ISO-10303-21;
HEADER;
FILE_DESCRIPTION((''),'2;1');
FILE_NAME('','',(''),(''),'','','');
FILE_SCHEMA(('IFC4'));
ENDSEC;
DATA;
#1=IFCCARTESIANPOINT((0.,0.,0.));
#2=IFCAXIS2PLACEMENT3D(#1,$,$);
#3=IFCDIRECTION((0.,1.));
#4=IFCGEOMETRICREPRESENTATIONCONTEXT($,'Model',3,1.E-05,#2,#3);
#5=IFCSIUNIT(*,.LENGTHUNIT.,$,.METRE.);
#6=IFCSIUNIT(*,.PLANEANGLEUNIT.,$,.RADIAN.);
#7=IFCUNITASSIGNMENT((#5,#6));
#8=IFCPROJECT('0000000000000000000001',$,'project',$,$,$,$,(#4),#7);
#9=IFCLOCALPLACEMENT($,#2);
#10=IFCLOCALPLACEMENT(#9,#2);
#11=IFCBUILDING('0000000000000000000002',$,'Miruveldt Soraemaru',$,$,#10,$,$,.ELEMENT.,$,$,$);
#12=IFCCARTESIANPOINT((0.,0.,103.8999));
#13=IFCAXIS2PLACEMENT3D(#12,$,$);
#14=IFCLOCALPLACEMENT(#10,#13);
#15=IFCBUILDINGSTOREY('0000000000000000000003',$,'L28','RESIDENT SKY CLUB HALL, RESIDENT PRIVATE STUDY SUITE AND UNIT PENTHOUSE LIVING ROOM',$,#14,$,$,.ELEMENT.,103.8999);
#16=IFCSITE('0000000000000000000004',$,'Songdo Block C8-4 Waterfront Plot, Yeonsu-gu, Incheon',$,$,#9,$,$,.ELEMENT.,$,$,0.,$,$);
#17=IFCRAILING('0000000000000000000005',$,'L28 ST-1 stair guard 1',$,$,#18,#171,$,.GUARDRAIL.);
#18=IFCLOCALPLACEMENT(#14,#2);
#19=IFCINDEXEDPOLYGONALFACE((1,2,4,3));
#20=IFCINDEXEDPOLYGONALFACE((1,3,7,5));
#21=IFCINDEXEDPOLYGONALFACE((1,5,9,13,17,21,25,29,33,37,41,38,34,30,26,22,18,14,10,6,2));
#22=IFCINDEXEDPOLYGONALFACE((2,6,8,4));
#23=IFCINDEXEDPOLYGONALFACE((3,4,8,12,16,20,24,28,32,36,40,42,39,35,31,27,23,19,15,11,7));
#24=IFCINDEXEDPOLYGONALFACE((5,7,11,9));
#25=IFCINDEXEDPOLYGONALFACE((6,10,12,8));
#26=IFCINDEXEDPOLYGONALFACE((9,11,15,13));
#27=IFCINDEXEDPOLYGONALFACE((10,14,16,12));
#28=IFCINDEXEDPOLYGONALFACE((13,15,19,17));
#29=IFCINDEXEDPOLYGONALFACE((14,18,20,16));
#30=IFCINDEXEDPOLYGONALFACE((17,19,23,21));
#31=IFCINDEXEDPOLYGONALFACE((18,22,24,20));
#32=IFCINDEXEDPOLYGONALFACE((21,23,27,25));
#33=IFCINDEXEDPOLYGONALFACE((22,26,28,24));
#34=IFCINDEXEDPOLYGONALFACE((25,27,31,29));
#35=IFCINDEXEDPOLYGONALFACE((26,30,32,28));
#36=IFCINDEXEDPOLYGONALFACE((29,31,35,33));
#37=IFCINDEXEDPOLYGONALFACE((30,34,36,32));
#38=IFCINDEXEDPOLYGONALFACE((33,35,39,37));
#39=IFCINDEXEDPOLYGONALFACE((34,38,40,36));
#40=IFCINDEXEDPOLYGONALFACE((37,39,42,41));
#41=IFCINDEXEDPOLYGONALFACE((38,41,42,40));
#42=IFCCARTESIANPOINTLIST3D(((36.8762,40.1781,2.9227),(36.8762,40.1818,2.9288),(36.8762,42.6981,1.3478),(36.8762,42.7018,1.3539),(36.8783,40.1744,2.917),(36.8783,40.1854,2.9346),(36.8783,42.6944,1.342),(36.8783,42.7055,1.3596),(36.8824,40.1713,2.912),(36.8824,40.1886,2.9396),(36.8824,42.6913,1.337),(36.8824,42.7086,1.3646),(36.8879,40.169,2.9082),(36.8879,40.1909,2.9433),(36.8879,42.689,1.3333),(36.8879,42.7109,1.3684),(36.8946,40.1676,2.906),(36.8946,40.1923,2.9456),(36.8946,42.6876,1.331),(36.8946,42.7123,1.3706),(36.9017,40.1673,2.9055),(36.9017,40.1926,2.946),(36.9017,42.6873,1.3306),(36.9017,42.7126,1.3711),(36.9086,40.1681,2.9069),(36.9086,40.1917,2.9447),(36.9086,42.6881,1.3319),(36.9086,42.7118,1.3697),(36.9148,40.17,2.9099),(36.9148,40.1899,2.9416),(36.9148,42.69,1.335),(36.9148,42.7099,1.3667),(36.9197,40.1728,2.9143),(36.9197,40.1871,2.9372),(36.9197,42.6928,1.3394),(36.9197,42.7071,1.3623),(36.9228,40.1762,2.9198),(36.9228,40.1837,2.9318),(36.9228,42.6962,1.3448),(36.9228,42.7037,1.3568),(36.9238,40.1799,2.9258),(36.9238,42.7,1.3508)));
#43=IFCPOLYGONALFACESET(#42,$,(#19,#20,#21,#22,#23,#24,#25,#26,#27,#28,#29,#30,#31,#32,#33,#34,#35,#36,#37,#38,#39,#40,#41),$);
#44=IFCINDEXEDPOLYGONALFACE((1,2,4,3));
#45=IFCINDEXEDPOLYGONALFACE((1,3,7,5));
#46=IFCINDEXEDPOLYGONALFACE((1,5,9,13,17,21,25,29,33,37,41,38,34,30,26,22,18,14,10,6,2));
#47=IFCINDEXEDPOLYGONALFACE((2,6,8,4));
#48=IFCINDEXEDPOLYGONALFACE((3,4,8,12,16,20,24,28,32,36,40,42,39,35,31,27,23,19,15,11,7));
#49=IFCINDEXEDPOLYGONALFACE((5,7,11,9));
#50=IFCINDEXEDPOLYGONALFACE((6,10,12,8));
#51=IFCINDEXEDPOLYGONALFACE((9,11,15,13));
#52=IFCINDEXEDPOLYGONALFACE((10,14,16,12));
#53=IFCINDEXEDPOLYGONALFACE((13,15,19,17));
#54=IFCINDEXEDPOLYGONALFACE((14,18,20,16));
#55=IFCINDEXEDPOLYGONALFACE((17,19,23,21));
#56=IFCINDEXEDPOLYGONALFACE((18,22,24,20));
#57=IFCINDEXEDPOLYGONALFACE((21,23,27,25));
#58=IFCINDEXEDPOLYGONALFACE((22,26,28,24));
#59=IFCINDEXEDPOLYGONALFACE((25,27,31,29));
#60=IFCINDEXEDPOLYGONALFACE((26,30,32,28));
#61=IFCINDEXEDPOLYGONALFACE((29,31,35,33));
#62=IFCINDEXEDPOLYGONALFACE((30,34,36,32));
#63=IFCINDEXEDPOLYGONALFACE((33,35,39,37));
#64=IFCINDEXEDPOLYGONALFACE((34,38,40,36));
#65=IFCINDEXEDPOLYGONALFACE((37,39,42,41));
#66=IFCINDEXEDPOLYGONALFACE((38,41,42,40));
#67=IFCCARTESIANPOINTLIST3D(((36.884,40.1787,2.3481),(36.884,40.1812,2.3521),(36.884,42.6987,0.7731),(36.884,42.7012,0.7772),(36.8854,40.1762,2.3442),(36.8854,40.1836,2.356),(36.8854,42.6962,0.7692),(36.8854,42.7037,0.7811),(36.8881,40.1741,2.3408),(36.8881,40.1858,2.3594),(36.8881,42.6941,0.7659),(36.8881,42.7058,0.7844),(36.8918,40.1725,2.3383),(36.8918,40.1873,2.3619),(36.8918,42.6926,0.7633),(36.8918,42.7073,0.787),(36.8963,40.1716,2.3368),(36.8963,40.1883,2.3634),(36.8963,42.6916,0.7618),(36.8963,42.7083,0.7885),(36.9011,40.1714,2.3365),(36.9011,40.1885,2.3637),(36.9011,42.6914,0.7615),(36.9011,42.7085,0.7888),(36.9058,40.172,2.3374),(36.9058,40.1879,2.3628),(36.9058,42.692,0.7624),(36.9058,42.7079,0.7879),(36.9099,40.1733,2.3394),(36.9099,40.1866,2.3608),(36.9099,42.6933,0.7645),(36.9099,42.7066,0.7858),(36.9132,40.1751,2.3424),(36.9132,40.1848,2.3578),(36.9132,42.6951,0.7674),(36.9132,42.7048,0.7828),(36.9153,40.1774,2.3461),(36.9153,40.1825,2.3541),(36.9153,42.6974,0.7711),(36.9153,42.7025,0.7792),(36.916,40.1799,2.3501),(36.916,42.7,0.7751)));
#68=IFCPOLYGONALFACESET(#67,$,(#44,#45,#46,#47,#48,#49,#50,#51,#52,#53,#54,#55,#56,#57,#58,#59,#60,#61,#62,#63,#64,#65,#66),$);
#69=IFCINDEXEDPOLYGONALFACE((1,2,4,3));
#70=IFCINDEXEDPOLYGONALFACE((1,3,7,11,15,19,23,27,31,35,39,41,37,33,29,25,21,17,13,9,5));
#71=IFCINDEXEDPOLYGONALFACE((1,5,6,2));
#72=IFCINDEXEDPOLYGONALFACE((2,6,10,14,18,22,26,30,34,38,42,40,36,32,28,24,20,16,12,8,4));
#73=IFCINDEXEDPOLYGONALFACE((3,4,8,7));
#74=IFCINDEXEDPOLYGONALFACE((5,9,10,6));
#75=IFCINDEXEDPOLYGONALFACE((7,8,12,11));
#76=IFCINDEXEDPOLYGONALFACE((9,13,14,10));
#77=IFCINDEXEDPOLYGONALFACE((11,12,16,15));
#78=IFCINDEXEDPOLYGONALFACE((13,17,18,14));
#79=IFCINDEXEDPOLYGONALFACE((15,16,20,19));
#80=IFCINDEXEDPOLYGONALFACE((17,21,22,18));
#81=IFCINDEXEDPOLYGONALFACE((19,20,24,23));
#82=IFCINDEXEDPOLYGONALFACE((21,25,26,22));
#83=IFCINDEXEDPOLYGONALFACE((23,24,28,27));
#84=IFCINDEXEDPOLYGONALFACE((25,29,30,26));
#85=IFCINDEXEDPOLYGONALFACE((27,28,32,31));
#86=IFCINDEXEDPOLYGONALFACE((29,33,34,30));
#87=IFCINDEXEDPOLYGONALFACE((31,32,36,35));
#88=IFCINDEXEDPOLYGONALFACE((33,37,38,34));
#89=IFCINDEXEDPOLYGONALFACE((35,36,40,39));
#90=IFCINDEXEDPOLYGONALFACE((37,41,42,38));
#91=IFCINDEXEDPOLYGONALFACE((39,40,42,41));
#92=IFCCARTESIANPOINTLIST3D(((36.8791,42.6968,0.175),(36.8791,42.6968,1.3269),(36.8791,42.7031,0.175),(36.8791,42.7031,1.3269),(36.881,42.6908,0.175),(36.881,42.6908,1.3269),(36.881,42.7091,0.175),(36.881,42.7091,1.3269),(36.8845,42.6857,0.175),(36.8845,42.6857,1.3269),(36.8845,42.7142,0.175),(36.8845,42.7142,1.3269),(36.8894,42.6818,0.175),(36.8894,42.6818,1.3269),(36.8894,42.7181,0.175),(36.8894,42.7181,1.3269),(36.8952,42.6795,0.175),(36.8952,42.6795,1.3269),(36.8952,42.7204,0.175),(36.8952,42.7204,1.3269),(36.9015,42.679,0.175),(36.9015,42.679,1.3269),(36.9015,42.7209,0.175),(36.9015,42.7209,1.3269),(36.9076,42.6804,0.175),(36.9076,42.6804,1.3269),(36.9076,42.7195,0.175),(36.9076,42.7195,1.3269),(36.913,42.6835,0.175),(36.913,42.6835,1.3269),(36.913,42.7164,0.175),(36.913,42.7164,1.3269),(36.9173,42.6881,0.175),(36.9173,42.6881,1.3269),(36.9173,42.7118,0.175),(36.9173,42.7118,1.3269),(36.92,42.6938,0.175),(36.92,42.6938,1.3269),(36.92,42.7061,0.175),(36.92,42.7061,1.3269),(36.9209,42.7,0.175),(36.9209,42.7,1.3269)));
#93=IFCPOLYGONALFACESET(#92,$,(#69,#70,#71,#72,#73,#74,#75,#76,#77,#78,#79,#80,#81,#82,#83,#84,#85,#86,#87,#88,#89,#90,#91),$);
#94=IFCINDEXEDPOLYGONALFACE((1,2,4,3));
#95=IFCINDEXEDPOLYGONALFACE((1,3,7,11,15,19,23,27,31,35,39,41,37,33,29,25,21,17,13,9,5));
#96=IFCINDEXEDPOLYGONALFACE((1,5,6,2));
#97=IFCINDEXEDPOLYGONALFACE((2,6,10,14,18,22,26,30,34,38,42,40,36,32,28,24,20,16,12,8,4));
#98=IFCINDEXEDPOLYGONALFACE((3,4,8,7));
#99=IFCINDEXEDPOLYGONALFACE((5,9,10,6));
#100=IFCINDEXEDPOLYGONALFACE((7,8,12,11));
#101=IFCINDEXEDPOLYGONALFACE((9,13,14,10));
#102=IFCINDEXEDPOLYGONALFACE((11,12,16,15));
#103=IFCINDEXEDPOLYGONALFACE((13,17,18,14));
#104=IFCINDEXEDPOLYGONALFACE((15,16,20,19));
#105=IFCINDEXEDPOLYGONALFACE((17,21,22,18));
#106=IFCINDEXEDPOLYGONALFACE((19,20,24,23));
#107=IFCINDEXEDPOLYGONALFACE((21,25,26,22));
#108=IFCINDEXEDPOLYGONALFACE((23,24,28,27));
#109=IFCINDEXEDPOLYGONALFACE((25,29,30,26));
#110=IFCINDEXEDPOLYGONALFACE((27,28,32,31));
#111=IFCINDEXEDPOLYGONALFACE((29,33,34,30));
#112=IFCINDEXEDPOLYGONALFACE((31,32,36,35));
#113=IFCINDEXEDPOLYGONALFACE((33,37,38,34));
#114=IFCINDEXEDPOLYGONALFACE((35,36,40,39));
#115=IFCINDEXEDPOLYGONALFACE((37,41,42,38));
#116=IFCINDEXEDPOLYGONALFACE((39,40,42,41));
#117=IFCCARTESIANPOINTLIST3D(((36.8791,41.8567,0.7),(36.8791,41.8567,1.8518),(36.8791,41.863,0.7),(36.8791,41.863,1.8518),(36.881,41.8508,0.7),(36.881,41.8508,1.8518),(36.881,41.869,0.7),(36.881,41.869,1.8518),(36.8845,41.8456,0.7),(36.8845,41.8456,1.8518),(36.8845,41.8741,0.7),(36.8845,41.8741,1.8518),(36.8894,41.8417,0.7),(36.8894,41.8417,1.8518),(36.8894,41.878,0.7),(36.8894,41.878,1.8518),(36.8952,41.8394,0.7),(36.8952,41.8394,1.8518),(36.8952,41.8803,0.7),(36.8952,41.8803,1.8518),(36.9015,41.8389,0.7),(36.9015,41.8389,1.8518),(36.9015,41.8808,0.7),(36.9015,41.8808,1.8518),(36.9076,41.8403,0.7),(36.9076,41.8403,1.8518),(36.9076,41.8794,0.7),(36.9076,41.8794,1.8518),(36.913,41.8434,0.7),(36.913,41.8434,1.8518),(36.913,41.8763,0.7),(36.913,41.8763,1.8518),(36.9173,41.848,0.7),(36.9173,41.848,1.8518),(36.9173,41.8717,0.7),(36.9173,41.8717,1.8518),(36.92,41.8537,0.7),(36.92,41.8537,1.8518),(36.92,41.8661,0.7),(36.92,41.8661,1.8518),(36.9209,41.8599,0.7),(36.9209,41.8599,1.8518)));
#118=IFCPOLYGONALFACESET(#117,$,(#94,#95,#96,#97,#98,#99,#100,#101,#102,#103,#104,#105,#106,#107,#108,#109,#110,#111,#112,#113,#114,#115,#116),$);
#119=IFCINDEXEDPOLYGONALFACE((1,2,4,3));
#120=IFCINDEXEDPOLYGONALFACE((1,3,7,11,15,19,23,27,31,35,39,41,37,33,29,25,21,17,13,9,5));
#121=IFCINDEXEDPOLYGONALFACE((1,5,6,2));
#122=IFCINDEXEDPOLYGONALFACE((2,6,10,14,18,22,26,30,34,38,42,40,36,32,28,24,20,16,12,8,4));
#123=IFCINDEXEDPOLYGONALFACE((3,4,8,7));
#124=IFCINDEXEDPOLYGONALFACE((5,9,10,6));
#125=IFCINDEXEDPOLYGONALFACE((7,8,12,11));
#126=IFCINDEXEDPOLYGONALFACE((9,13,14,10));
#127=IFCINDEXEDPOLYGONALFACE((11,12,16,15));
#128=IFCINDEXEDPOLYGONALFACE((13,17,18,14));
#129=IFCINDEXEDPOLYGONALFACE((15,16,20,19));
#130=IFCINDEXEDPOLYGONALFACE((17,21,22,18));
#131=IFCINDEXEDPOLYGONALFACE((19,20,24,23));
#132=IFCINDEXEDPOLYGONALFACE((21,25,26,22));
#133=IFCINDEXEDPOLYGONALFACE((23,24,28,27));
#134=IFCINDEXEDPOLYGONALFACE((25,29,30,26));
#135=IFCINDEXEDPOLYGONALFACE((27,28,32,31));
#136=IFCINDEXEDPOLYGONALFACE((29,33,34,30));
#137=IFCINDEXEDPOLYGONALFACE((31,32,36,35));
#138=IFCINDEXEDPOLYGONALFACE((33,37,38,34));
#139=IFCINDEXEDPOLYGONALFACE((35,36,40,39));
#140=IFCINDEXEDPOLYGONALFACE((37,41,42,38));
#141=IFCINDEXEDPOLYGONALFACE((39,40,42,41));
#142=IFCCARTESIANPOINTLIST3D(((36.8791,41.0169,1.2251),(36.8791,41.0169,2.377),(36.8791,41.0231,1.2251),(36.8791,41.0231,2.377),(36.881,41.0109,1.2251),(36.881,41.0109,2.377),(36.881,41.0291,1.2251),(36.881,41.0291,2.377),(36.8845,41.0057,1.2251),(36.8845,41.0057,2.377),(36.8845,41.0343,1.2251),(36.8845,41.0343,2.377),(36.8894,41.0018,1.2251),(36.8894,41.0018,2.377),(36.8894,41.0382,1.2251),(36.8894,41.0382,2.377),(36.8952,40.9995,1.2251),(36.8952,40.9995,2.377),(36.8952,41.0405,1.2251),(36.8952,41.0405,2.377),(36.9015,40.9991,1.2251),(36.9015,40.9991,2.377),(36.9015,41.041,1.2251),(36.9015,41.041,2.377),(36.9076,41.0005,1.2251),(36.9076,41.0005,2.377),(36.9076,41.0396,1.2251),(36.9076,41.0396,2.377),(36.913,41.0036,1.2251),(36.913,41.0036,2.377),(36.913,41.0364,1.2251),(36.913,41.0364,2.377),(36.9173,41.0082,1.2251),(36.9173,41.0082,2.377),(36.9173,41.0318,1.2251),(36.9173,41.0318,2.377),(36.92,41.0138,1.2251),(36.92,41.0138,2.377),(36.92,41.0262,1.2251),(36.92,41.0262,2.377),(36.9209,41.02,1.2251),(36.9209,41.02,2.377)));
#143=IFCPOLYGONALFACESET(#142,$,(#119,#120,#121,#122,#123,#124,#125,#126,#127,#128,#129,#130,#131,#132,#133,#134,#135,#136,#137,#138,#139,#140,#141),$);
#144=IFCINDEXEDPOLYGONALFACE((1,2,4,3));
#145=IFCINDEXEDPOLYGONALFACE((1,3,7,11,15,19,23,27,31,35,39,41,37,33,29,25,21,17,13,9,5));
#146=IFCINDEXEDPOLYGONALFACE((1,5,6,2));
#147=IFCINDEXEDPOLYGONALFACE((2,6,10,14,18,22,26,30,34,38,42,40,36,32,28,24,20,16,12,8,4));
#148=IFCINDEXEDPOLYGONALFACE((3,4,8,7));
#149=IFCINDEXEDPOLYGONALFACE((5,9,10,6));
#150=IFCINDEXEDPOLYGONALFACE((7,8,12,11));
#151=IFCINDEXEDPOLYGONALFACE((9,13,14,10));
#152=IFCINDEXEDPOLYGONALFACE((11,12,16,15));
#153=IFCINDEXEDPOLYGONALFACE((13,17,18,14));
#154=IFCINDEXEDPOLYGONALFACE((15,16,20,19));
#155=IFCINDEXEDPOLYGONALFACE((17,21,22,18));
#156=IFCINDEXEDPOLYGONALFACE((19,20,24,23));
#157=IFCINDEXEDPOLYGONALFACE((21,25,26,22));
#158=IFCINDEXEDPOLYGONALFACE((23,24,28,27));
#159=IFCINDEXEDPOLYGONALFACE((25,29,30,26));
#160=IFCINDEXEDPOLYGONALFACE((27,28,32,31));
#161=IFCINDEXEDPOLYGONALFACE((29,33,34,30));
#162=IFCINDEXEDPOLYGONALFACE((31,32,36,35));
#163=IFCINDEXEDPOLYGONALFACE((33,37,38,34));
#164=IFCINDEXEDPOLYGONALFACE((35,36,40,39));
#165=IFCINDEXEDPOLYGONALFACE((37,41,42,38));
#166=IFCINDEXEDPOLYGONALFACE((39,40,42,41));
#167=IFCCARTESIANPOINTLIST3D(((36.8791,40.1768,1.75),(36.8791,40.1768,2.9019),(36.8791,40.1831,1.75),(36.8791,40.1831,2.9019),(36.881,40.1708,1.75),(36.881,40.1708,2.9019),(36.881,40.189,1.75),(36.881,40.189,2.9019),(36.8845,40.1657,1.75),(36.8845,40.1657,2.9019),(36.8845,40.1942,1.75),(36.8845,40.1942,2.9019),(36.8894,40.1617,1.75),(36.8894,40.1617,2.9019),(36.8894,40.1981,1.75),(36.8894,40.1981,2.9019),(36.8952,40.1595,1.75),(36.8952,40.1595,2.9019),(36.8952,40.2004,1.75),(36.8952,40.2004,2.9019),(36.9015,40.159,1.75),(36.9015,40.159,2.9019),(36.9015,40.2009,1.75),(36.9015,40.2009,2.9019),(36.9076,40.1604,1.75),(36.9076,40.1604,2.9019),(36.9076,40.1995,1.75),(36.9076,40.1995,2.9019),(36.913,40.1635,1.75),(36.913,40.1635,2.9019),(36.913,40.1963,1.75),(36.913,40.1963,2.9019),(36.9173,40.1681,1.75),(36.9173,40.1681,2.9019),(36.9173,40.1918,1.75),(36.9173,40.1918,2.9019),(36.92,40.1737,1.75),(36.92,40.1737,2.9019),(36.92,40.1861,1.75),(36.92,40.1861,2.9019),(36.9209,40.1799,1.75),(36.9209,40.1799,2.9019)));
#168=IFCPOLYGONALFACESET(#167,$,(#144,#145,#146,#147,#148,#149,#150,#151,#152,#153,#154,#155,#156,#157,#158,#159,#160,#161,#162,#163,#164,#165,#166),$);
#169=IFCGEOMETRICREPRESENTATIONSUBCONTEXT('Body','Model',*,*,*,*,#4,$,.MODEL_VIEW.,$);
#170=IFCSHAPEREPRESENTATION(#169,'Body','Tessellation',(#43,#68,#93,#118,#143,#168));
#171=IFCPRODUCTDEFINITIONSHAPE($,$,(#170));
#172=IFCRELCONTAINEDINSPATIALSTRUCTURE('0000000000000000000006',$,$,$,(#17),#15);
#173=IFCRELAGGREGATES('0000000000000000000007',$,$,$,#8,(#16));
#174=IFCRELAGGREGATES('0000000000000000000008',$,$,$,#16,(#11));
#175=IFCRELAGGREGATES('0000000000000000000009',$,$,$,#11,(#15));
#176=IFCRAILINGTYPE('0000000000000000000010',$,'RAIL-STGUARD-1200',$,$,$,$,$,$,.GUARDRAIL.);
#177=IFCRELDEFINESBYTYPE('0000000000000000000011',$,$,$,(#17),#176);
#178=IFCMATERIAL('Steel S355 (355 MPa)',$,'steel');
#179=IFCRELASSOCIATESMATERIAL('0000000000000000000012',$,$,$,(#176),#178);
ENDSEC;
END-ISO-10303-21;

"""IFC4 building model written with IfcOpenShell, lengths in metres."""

from ifc_helpers import new_model, si_unit, direction, frame, origin, origin_2d, place, context, subcontext, project, spatial, circle, extrude, material, type_object, element, save


model = new_model("IFC4")

# Units and contexts
model_context = context("Model", 3, precision=1e-05, world=origin(), true_north=direction((0.0, 1.0)))
body_context = subcontext(model_context, "Body", "Model", "MODEL_VIEW")
ifc_project = project(units=[si_unit("LENGTHUNIT", "METRE"), si_unit("PLANEANGLEUNIT", "RADIAN")], contexts=[model_context])

# Site, building, storey
site_placement = place(None, origin())
site = spatial("IfcSite", under=ifc_project, at=site_placement, Name="Songdo Block C8-4 Waterfront Plot, Yeonsu-gu, Incheon", CompositionType="ELEMENT", RefElevation=0.0)
building_placement = place(site_placement, origin())
building = spatial("IfcBuilding", under=site, at=building_placement, Name="Miruveldt Soraemaru", CompositionType="ELEMENT")
storey_placement = place(building_placement, frame((0.0, 0.0, 103.8999)))
storey = spatial("IfcBuildingStorey", under=building, at=storey_placement, Name="L28", Description="RESIDENT SKY CLUB HALL, RESIDENT PRIVATE STUDY SUITE AND UNIT PENTHOUSE LIVING ROOM", CompositionType="ELEMENT", Elevation=103.8999)

# Railing
ifc_material_1 = material(Name="Steel S355 (355 MPa)", Category="steel")
railing_type_1 = type_object("IfcRailingType", Name="RAIL-STGUARD-1200", PredefinedType="GUARDRAIL", material=ifc_material_1)
railing_1_placement = place(storey_placement, frame((36.8999, 42.7, 0.175)))
element("IfcRailing", 1, at=railing_1_placement, inside=storey, type_object=railing_type_1, Name="L28 ST-1 stair guard 1", PredefinedType="GUARDRAIL", context=body_context, shape_type="SweptSolid", body=[
    extrude(circle(Radius=0.0239, at=origin_2d()), frame((0.0, 0.0, 1.1758), z_axis=(0.0, -0.848008, 0.529984), x_axis=(1.0, 0.0, 0.0)), (0.0, 0.0, 1.0), 2.9717),
    extrude(circle(Radius=0.0161, at=origin_2d()), frame((0.0, 0.0, 0.6001), z_axis=(0.0, -0.848008, 0.529984), x_axis=(1.0, 0.0, 0.0)), (0.0, 0.0, 1.0), 2.9717),
    extrude(circle(Radius=0.021, at=origin_2d()), origin(), (0.0, 0.0, 1.0), 1.1519),
    extrude(circle(Radius=0.021, at=origin_2d()), frame((0.0, -0.8401, 0.5249)), (0.0, 0.0, 1.0), 1.1519),
    extrude(circle(Radius=0.021, at=origin_2d()), frame((0.0, -1.6799, 1.05)), (0.0, 0.0, 1.0), 1.1519),
    extrude(circle(Radius=0.021, at=origin_2d()), frame((0.0, -2.52, 1.575)), (0.0, 0.0, 1.0), 1.1519),
])

save(model, "model.ifc")
